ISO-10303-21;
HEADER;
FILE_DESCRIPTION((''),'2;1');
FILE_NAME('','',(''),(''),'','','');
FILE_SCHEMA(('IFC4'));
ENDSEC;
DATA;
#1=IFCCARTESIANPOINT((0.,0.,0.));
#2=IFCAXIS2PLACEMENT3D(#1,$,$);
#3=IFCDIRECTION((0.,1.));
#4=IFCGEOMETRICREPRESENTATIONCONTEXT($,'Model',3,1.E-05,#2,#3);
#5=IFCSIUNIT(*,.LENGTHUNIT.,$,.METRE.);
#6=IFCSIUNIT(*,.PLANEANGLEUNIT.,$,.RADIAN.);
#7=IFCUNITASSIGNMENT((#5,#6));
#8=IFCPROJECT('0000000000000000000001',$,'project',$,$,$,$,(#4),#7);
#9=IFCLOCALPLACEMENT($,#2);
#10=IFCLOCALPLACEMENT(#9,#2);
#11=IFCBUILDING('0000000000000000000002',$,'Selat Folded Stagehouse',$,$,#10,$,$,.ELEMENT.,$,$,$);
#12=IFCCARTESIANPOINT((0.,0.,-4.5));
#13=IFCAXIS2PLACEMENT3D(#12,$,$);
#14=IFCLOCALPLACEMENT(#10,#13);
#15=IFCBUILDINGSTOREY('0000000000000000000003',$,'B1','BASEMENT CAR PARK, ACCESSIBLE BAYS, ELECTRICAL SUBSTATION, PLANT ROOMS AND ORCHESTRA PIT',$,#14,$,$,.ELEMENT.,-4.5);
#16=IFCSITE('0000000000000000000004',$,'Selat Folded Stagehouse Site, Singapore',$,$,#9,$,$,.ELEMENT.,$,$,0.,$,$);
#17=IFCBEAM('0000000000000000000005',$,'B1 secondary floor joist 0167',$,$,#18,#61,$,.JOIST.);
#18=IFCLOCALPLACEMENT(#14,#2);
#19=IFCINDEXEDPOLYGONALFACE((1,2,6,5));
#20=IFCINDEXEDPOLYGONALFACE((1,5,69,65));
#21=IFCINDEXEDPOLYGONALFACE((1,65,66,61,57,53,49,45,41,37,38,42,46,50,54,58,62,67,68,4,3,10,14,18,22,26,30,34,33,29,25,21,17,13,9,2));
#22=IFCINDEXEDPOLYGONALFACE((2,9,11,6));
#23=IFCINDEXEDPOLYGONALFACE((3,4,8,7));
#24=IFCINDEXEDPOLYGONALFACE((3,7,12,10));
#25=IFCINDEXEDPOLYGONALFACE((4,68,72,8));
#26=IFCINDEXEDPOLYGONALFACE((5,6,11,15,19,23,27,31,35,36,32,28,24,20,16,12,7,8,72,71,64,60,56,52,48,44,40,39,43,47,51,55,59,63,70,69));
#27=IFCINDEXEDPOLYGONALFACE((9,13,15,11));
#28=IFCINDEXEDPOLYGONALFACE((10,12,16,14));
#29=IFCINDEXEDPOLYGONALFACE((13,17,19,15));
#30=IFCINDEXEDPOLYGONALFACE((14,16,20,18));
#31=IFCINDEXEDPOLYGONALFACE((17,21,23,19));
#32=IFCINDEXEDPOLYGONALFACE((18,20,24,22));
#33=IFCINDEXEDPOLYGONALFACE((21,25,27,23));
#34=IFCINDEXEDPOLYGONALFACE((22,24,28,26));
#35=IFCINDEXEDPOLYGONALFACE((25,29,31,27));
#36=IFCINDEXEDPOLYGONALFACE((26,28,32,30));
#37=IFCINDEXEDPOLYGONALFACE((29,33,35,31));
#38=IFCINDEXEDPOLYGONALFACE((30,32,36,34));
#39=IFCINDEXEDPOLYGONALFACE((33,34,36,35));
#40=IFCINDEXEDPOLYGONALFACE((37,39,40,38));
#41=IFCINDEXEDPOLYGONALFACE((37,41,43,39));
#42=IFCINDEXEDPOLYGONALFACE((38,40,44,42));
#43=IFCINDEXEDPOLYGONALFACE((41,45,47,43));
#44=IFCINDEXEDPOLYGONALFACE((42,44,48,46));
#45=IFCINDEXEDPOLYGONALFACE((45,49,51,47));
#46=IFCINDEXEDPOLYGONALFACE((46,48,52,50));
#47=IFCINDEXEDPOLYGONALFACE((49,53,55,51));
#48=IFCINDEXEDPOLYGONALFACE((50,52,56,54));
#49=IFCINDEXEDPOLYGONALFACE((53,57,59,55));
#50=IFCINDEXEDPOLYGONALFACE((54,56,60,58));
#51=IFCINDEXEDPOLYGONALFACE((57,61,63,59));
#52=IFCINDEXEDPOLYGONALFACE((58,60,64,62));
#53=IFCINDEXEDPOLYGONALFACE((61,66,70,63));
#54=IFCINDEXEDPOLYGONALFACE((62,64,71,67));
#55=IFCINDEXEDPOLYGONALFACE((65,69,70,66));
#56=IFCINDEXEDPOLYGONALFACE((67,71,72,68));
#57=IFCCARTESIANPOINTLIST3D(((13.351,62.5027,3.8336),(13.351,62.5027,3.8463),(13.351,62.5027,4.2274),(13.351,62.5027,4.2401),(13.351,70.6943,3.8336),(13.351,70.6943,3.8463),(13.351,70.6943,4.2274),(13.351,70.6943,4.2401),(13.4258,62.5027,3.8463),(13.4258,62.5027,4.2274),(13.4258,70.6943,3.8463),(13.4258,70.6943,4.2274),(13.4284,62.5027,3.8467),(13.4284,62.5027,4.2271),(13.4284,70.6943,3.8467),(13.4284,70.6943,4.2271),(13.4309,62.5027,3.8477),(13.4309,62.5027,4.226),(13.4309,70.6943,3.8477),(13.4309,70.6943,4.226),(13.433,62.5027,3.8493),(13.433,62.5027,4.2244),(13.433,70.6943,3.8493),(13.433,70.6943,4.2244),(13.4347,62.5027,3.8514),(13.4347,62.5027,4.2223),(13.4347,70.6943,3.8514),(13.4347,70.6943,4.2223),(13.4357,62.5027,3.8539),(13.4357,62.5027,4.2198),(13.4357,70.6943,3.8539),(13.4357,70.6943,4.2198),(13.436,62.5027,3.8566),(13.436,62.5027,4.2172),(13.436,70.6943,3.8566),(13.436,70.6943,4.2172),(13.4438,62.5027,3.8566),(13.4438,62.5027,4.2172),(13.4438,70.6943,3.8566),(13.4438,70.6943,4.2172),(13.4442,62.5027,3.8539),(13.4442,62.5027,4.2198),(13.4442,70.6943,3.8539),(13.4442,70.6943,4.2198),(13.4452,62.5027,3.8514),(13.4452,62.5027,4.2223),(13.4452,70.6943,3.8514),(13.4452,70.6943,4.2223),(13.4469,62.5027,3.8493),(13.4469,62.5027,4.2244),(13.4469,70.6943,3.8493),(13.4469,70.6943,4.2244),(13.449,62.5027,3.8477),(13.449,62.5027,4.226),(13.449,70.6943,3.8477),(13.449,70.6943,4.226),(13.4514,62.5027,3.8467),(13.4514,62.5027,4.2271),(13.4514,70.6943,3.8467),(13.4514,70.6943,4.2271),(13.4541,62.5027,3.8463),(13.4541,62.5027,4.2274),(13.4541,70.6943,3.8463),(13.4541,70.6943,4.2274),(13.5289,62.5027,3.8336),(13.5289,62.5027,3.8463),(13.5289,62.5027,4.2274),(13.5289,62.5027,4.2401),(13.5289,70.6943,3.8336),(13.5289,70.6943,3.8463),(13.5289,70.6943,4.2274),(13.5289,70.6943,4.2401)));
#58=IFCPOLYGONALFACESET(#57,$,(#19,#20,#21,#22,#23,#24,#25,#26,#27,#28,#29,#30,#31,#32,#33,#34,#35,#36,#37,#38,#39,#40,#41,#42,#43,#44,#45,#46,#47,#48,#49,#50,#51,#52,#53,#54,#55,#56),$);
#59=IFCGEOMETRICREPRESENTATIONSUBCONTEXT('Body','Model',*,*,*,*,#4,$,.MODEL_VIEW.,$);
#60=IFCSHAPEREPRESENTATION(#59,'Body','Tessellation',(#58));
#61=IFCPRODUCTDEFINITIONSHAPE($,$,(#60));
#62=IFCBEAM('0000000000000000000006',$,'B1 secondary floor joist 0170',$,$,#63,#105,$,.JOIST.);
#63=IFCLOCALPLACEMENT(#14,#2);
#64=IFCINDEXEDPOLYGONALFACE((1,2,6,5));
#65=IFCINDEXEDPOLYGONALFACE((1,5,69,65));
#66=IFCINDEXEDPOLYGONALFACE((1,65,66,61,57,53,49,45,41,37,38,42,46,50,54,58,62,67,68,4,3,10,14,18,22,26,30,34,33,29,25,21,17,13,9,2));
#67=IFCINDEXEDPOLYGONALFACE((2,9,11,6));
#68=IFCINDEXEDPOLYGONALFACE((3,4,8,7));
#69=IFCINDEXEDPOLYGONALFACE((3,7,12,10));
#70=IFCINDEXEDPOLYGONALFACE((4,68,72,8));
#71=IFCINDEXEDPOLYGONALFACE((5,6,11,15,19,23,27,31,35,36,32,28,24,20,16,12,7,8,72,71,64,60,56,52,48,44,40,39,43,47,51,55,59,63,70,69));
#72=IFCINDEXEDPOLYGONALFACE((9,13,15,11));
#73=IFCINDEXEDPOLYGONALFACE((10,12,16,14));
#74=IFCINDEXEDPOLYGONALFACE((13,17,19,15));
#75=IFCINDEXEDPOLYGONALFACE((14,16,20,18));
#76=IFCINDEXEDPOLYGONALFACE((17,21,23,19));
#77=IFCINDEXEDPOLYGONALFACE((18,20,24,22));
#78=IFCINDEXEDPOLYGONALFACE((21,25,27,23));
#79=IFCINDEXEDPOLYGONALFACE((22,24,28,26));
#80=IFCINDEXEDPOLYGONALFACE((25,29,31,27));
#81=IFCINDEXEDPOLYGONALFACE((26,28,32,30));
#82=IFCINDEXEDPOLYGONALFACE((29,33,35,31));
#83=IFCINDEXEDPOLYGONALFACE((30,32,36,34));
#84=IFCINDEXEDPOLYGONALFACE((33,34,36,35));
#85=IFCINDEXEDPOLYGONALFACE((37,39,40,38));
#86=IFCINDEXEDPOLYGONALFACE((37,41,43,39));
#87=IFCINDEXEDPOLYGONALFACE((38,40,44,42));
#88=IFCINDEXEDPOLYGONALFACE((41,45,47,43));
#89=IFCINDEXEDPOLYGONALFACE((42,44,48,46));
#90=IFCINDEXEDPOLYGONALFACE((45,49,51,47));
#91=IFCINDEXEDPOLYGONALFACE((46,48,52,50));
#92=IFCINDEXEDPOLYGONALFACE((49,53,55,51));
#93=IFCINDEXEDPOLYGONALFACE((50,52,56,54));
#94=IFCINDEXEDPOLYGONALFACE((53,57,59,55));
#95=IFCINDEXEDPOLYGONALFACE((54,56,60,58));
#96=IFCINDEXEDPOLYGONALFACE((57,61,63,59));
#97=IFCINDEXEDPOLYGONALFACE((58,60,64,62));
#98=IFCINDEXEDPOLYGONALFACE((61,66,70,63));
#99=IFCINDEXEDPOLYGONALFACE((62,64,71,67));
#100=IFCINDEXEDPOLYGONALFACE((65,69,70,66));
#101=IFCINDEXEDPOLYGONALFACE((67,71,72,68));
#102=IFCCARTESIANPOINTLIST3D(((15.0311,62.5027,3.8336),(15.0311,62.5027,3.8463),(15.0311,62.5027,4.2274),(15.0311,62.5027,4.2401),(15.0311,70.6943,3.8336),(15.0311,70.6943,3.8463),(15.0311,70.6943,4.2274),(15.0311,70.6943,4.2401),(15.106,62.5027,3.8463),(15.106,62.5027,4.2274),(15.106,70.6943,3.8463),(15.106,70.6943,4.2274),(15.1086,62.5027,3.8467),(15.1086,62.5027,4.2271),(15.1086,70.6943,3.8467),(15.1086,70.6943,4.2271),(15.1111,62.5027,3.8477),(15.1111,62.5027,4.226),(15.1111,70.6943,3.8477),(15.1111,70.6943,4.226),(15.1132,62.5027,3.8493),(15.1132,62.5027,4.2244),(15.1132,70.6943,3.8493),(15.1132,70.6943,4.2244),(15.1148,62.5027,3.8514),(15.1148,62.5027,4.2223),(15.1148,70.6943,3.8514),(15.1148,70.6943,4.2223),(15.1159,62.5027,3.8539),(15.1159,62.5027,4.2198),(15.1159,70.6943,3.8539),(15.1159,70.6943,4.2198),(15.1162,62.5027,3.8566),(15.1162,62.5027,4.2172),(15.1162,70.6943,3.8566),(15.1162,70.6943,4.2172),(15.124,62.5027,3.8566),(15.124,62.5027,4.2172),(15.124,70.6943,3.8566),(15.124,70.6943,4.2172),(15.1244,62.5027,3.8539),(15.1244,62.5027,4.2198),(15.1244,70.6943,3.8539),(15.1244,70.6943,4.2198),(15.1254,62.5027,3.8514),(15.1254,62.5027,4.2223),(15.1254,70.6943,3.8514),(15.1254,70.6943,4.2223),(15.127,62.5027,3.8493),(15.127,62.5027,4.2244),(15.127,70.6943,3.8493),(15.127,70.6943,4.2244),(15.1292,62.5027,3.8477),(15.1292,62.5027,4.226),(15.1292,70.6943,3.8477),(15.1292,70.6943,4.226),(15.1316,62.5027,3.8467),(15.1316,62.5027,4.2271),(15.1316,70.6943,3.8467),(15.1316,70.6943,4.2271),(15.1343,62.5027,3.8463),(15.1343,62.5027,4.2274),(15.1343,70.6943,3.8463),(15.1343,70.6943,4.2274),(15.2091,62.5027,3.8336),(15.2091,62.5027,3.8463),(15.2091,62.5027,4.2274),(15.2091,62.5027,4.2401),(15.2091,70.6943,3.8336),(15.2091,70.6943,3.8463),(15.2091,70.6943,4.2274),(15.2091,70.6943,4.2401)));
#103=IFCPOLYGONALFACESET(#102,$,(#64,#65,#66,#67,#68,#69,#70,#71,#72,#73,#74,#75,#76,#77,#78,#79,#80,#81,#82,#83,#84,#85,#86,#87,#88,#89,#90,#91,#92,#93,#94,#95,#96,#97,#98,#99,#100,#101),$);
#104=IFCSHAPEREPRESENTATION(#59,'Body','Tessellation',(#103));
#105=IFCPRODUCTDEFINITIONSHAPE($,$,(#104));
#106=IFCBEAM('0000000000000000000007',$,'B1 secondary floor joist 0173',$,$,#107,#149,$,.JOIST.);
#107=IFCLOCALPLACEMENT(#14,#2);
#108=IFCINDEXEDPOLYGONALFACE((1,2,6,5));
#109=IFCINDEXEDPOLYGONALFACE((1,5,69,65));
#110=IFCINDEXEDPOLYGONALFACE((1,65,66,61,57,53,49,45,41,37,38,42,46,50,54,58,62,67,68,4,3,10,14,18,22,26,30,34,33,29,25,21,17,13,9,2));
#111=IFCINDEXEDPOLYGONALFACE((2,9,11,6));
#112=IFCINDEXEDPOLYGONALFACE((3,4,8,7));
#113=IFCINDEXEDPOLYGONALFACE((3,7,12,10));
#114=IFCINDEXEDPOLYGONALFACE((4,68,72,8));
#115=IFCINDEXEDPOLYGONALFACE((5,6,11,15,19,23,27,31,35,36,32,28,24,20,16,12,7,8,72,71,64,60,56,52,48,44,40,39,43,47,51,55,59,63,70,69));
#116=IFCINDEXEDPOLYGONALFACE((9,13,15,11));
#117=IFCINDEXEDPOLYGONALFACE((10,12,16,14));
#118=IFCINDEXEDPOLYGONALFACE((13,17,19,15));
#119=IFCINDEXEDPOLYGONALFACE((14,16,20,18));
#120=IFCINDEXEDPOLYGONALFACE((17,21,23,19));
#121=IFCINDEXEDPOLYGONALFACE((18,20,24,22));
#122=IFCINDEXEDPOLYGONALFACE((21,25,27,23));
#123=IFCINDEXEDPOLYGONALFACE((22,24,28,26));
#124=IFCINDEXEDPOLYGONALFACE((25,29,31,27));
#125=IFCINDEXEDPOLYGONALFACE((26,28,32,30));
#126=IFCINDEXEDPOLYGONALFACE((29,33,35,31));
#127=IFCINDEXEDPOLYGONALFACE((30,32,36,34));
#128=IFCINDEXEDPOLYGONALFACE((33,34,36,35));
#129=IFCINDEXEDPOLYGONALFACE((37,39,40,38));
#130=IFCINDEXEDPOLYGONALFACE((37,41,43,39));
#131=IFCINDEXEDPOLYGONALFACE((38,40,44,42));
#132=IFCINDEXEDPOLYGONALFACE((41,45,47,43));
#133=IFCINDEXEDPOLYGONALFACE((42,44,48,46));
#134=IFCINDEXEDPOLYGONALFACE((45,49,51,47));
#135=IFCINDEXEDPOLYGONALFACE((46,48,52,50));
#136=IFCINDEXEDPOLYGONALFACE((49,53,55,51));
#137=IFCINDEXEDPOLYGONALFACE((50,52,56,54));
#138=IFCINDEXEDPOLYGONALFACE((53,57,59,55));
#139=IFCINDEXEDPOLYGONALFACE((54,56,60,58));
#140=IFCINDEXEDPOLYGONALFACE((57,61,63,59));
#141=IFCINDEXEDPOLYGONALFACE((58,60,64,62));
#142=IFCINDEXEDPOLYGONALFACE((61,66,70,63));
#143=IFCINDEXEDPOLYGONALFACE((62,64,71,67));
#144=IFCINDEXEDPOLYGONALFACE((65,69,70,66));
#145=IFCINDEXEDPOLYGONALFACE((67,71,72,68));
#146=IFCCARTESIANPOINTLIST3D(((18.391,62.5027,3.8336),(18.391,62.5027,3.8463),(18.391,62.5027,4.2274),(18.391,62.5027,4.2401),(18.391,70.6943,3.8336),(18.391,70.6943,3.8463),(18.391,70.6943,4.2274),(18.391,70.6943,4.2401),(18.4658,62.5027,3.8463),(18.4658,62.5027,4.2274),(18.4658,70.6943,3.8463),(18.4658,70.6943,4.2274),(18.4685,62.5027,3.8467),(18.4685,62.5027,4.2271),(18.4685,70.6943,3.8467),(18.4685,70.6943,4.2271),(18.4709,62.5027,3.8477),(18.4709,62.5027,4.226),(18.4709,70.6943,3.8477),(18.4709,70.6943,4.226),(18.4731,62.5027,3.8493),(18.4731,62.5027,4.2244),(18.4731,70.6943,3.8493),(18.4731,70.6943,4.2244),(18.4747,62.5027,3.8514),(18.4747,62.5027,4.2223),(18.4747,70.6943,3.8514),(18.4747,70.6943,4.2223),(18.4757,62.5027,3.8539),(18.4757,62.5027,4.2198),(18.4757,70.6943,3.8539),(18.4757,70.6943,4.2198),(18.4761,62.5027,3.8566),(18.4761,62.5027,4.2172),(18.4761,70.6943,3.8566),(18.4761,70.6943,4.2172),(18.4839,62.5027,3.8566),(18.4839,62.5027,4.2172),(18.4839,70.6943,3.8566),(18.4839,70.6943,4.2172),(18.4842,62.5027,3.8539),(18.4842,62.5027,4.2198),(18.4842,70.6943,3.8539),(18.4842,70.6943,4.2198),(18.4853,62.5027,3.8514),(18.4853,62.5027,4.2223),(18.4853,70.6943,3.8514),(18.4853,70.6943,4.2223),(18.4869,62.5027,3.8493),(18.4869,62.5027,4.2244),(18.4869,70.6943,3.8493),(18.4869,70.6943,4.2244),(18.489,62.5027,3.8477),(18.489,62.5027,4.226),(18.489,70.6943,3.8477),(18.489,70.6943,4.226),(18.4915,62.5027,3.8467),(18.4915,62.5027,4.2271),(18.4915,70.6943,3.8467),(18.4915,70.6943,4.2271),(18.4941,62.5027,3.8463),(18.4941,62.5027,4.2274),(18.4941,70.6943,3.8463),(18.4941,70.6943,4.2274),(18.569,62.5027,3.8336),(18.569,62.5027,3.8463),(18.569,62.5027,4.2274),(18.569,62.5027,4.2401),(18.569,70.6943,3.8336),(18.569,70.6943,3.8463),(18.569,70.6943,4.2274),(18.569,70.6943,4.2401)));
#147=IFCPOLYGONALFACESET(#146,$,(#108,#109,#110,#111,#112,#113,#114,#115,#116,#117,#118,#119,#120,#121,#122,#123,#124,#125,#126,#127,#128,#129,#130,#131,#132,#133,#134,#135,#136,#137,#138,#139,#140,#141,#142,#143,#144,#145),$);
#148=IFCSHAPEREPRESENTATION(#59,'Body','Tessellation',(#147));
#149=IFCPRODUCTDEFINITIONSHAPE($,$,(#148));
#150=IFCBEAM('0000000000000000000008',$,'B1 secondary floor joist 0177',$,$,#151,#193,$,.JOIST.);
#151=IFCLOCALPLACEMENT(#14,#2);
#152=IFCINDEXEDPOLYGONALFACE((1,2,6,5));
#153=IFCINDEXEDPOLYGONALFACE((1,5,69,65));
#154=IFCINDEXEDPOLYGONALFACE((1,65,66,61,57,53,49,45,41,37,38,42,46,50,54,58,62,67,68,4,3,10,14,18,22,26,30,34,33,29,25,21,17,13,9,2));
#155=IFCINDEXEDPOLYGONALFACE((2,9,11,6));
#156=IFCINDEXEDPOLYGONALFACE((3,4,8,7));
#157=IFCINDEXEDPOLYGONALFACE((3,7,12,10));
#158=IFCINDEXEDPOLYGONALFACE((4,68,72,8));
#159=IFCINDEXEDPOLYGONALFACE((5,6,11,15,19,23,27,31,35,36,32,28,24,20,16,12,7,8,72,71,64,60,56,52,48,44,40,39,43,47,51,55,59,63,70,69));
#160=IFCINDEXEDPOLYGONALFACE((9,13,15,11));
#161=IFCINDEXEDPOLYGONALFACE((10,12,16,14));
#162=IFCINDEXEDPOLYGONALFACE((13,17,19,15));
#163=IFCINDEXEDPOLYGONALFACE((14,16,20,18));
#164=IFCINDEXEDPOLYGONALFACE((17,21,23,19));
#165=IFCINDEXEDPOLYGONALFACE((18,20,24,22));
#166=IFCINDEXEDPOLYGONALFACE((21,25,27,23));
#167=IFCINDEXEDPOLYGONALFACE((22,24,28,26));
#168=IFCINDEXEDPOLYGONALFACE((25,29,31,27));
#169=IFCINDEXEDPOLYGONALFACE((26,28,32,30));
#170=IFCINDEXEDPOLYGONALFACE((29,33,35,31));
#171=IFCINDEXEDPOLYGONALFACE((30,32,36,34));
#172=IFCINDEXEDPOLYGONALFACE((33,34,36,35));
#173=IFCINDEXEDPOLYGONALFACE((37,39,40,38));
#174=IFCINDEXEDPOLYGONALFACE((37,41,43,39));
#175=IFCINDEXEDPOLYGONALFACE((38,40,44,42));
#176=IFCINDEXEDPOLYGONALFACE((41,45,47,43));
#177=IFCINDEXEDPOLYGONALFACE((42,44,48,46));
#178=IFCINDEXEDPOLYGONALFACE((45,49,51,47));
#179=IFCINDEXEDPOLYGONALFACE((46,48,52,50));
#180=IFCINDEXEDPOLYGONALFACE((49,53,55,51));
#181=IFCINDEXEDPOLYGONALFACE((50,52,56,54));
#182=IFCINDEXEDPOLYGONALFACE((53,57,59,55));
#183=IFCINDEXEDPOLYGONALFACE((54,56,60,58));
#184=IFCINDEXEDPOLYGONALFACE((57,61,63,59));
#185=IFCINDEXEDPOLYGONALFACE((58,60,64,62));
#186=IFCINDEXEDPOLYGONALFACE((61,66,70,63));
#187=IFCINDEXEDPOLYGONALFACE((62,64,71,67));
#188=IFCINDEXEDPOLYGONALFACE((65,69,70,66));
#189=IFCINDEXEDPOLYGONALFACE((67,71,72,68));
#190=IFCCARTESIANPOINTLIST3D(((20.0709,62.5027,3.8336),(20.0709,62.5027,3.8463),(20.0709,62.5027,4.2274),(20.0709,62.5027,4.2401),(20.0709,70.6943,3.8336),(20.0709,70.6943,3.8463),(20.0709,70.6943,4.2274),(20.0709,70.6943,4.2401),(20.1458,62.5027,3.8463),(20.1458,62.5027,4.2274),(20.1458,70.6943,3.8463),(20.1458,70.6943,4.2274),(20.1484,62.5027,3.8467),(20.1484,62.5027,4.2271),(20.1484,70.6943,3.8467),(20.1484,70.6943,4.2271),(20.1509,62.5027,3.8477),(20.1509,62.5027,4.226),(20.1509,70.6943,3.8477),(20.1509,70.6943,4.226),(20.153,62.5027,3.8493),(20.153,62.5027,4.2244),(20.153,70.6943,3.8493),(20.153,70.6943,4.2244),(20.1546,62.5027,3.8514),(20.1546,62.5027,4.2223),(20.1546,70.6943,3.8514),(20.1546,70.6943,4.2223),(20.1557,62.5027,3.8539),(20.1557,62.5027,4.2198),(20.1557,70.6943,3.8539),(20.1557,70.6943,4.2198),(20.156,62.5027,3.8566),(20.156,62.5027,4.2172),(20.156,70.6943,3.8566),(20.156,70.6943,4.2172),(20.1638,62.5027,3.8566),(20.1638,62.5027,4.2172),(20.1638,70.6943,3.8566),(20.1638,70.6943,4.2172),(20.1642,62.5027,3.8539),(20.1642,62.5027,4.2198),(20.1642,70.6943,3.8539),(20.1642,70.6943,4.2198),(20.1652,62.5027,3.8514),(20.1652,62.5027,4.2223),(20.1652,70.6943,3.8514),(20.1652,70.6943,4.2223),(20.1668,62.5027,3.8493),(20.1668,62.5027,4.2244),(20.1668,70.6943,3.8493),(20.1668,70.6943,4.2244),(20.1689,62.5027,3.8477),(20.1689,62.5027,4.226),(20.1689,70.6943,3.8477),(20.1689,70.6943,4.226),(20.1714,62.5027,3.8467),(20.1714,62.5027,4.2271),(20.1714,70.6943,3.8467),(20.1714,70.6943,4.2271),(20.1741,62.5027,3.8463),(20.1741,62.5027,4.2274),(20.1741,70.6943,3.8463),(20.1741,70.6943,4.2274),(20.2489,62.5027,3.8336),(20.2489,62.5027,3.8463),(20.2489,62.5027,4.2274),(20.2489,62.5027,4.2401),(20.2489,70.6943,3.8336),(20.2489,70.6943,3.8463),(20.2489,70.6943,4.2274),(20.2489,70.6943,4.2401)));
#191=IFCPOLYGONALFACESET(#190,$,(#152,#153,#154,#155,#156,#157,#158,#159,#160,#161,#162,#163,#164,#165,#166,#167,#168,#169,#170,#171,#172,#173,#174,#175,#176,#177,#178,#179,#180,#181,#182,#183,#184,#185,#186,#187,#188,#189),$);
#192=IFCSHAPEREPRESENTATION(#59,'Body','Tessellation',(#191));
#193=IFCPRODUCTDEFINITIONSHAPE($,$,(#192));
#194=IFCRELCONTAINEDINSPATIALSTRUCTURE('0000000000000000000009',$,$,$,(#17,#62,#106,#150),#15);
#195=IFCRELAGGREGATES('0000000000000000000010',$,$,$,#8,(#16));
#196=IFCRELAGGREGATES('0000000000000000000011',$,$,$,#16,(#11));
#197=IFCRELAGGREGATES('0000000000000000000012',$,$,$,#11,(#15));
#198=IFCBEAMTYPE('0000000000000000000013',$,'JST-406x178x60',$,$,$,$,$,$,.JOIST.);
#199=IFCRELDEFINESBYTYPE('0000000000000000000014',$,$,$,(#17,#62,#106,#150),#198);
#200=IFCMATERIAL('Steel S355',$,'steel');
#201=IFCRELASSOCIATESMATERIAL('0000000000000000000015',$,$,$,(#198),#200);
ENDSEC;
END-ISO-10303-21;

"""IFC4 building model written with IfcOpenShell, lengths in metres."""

from ifc_helpers import new_model, si_unit, direction, frame, origin, origin_2d, place, context, subcontext, project, spatial, i_section, extrude, material, material_profile, profile_set, type_object, element, save


model = new_model("IFC4")

# Units and contexts
model_context = context("Model", 3, precision=1e-05, world=origin(), true_north=direction((0.0, 1.0)))
body_context = subcontext(model_context, "Body", "Model", "MODEL_VIEW")
ifc_project = project(units=[si_unit("LENGTHUNIT", "METRE"), si_unit("PLANEANGLEUNIT", "RADIAN")], contexts=[model_context])

# Site, building, storey
site_placement = place(None, origin())
site = spatial("IfcSite", under=ifc_project, at=site_placement, Name="Selat Folded Stagehouse Site, Singapore", CompositionType="ELEMENT", RefElevation=0.0)
building_placement = place(site_placement, origin())
building = spatial("IfcBuilding", under=site, at=building_placement, Name="Selat Folded Stagehouse", CompositionType="ELEMENT")
storey_placement = place(building_placement, frame((0.0, 0.0, -4.5)))
storey = spatial("IfcBuildingStorey", under=building, at=storey_placement, Name="B1", Description="BASEMENT CAR PARK, ACCESSIBLE BAYS, ELECTRICAL SUBSTATION, PLANT ROOMS AND ORCHESTRA PIT", CompositionType="ELEMENT", Elevation=-4.5)

# Shared definitions
ifc_material_1 = material(Name="Steel S355", Category="steel")

# Beams
ifc_material_profile_1 = material_profile(ifc_material_1, i_section(OverallWidth=0.178, OverallDepth=0.4065, WebThickness=0.0078, FlangeThickness=0.0127, FilletRadius=0.0103, at=origin_2d()), Name="UKB 406x178x60")
ifc_profile_set_1 = profile_set([ifc_material_profile_1], Name="Steel S355")
beam_type_1 = type_object("IfcBeamType", Name="JST-406x178x60", PredefinedType="JOIST", material=ifc_profile_set_1)
for number, where, z_axis, x_axis, name in (
    (1, (13.4399, 62.5027, 4.0369), (0.0, 1.0, 0.0), (-1.0, 0.0, 0.0), "B1 secondary floor joist 0167"),
    (2, (15.1201, 62.5027, 4.0369), (0.0, 1.0, 0.0), (-1.0, 0.0, 0.0), "B1 secondary floor joist 0170"),
    (3, (18.48, 62.5027, 4.0369), (0.0, 1.0, 0.0), (-1.0, 0.0, 0.0), "B1 secondary floor joist 0173"),
    (4, (20.1599, 62.5027, 4.0369), (0.0, 1.0, 0.0), (-1.0, 0.0, 0.0), "B1 secondary floor joist 0177"),
):
    element("IfcBeam", number, at=place(storey_placement, frame(where, z_axis=z_axis, x_axis=x_axis)), inside=storey, type_object=beam_type_1, Name=name, PredefinedType="JOIST", context=body_context, shape_type="SweptSolid", body=[
        extrude(i_section(OverallWidth=0.178, OverallDepth=0.4065, WebThickness=0.0078, FlangeThickness=0.0127, FilletRadius=0.0103, at=origin_2d()), origin(), (0.0, 0.0, 1.0), 8.1917),
    ])

save(model, "model.ifc")
